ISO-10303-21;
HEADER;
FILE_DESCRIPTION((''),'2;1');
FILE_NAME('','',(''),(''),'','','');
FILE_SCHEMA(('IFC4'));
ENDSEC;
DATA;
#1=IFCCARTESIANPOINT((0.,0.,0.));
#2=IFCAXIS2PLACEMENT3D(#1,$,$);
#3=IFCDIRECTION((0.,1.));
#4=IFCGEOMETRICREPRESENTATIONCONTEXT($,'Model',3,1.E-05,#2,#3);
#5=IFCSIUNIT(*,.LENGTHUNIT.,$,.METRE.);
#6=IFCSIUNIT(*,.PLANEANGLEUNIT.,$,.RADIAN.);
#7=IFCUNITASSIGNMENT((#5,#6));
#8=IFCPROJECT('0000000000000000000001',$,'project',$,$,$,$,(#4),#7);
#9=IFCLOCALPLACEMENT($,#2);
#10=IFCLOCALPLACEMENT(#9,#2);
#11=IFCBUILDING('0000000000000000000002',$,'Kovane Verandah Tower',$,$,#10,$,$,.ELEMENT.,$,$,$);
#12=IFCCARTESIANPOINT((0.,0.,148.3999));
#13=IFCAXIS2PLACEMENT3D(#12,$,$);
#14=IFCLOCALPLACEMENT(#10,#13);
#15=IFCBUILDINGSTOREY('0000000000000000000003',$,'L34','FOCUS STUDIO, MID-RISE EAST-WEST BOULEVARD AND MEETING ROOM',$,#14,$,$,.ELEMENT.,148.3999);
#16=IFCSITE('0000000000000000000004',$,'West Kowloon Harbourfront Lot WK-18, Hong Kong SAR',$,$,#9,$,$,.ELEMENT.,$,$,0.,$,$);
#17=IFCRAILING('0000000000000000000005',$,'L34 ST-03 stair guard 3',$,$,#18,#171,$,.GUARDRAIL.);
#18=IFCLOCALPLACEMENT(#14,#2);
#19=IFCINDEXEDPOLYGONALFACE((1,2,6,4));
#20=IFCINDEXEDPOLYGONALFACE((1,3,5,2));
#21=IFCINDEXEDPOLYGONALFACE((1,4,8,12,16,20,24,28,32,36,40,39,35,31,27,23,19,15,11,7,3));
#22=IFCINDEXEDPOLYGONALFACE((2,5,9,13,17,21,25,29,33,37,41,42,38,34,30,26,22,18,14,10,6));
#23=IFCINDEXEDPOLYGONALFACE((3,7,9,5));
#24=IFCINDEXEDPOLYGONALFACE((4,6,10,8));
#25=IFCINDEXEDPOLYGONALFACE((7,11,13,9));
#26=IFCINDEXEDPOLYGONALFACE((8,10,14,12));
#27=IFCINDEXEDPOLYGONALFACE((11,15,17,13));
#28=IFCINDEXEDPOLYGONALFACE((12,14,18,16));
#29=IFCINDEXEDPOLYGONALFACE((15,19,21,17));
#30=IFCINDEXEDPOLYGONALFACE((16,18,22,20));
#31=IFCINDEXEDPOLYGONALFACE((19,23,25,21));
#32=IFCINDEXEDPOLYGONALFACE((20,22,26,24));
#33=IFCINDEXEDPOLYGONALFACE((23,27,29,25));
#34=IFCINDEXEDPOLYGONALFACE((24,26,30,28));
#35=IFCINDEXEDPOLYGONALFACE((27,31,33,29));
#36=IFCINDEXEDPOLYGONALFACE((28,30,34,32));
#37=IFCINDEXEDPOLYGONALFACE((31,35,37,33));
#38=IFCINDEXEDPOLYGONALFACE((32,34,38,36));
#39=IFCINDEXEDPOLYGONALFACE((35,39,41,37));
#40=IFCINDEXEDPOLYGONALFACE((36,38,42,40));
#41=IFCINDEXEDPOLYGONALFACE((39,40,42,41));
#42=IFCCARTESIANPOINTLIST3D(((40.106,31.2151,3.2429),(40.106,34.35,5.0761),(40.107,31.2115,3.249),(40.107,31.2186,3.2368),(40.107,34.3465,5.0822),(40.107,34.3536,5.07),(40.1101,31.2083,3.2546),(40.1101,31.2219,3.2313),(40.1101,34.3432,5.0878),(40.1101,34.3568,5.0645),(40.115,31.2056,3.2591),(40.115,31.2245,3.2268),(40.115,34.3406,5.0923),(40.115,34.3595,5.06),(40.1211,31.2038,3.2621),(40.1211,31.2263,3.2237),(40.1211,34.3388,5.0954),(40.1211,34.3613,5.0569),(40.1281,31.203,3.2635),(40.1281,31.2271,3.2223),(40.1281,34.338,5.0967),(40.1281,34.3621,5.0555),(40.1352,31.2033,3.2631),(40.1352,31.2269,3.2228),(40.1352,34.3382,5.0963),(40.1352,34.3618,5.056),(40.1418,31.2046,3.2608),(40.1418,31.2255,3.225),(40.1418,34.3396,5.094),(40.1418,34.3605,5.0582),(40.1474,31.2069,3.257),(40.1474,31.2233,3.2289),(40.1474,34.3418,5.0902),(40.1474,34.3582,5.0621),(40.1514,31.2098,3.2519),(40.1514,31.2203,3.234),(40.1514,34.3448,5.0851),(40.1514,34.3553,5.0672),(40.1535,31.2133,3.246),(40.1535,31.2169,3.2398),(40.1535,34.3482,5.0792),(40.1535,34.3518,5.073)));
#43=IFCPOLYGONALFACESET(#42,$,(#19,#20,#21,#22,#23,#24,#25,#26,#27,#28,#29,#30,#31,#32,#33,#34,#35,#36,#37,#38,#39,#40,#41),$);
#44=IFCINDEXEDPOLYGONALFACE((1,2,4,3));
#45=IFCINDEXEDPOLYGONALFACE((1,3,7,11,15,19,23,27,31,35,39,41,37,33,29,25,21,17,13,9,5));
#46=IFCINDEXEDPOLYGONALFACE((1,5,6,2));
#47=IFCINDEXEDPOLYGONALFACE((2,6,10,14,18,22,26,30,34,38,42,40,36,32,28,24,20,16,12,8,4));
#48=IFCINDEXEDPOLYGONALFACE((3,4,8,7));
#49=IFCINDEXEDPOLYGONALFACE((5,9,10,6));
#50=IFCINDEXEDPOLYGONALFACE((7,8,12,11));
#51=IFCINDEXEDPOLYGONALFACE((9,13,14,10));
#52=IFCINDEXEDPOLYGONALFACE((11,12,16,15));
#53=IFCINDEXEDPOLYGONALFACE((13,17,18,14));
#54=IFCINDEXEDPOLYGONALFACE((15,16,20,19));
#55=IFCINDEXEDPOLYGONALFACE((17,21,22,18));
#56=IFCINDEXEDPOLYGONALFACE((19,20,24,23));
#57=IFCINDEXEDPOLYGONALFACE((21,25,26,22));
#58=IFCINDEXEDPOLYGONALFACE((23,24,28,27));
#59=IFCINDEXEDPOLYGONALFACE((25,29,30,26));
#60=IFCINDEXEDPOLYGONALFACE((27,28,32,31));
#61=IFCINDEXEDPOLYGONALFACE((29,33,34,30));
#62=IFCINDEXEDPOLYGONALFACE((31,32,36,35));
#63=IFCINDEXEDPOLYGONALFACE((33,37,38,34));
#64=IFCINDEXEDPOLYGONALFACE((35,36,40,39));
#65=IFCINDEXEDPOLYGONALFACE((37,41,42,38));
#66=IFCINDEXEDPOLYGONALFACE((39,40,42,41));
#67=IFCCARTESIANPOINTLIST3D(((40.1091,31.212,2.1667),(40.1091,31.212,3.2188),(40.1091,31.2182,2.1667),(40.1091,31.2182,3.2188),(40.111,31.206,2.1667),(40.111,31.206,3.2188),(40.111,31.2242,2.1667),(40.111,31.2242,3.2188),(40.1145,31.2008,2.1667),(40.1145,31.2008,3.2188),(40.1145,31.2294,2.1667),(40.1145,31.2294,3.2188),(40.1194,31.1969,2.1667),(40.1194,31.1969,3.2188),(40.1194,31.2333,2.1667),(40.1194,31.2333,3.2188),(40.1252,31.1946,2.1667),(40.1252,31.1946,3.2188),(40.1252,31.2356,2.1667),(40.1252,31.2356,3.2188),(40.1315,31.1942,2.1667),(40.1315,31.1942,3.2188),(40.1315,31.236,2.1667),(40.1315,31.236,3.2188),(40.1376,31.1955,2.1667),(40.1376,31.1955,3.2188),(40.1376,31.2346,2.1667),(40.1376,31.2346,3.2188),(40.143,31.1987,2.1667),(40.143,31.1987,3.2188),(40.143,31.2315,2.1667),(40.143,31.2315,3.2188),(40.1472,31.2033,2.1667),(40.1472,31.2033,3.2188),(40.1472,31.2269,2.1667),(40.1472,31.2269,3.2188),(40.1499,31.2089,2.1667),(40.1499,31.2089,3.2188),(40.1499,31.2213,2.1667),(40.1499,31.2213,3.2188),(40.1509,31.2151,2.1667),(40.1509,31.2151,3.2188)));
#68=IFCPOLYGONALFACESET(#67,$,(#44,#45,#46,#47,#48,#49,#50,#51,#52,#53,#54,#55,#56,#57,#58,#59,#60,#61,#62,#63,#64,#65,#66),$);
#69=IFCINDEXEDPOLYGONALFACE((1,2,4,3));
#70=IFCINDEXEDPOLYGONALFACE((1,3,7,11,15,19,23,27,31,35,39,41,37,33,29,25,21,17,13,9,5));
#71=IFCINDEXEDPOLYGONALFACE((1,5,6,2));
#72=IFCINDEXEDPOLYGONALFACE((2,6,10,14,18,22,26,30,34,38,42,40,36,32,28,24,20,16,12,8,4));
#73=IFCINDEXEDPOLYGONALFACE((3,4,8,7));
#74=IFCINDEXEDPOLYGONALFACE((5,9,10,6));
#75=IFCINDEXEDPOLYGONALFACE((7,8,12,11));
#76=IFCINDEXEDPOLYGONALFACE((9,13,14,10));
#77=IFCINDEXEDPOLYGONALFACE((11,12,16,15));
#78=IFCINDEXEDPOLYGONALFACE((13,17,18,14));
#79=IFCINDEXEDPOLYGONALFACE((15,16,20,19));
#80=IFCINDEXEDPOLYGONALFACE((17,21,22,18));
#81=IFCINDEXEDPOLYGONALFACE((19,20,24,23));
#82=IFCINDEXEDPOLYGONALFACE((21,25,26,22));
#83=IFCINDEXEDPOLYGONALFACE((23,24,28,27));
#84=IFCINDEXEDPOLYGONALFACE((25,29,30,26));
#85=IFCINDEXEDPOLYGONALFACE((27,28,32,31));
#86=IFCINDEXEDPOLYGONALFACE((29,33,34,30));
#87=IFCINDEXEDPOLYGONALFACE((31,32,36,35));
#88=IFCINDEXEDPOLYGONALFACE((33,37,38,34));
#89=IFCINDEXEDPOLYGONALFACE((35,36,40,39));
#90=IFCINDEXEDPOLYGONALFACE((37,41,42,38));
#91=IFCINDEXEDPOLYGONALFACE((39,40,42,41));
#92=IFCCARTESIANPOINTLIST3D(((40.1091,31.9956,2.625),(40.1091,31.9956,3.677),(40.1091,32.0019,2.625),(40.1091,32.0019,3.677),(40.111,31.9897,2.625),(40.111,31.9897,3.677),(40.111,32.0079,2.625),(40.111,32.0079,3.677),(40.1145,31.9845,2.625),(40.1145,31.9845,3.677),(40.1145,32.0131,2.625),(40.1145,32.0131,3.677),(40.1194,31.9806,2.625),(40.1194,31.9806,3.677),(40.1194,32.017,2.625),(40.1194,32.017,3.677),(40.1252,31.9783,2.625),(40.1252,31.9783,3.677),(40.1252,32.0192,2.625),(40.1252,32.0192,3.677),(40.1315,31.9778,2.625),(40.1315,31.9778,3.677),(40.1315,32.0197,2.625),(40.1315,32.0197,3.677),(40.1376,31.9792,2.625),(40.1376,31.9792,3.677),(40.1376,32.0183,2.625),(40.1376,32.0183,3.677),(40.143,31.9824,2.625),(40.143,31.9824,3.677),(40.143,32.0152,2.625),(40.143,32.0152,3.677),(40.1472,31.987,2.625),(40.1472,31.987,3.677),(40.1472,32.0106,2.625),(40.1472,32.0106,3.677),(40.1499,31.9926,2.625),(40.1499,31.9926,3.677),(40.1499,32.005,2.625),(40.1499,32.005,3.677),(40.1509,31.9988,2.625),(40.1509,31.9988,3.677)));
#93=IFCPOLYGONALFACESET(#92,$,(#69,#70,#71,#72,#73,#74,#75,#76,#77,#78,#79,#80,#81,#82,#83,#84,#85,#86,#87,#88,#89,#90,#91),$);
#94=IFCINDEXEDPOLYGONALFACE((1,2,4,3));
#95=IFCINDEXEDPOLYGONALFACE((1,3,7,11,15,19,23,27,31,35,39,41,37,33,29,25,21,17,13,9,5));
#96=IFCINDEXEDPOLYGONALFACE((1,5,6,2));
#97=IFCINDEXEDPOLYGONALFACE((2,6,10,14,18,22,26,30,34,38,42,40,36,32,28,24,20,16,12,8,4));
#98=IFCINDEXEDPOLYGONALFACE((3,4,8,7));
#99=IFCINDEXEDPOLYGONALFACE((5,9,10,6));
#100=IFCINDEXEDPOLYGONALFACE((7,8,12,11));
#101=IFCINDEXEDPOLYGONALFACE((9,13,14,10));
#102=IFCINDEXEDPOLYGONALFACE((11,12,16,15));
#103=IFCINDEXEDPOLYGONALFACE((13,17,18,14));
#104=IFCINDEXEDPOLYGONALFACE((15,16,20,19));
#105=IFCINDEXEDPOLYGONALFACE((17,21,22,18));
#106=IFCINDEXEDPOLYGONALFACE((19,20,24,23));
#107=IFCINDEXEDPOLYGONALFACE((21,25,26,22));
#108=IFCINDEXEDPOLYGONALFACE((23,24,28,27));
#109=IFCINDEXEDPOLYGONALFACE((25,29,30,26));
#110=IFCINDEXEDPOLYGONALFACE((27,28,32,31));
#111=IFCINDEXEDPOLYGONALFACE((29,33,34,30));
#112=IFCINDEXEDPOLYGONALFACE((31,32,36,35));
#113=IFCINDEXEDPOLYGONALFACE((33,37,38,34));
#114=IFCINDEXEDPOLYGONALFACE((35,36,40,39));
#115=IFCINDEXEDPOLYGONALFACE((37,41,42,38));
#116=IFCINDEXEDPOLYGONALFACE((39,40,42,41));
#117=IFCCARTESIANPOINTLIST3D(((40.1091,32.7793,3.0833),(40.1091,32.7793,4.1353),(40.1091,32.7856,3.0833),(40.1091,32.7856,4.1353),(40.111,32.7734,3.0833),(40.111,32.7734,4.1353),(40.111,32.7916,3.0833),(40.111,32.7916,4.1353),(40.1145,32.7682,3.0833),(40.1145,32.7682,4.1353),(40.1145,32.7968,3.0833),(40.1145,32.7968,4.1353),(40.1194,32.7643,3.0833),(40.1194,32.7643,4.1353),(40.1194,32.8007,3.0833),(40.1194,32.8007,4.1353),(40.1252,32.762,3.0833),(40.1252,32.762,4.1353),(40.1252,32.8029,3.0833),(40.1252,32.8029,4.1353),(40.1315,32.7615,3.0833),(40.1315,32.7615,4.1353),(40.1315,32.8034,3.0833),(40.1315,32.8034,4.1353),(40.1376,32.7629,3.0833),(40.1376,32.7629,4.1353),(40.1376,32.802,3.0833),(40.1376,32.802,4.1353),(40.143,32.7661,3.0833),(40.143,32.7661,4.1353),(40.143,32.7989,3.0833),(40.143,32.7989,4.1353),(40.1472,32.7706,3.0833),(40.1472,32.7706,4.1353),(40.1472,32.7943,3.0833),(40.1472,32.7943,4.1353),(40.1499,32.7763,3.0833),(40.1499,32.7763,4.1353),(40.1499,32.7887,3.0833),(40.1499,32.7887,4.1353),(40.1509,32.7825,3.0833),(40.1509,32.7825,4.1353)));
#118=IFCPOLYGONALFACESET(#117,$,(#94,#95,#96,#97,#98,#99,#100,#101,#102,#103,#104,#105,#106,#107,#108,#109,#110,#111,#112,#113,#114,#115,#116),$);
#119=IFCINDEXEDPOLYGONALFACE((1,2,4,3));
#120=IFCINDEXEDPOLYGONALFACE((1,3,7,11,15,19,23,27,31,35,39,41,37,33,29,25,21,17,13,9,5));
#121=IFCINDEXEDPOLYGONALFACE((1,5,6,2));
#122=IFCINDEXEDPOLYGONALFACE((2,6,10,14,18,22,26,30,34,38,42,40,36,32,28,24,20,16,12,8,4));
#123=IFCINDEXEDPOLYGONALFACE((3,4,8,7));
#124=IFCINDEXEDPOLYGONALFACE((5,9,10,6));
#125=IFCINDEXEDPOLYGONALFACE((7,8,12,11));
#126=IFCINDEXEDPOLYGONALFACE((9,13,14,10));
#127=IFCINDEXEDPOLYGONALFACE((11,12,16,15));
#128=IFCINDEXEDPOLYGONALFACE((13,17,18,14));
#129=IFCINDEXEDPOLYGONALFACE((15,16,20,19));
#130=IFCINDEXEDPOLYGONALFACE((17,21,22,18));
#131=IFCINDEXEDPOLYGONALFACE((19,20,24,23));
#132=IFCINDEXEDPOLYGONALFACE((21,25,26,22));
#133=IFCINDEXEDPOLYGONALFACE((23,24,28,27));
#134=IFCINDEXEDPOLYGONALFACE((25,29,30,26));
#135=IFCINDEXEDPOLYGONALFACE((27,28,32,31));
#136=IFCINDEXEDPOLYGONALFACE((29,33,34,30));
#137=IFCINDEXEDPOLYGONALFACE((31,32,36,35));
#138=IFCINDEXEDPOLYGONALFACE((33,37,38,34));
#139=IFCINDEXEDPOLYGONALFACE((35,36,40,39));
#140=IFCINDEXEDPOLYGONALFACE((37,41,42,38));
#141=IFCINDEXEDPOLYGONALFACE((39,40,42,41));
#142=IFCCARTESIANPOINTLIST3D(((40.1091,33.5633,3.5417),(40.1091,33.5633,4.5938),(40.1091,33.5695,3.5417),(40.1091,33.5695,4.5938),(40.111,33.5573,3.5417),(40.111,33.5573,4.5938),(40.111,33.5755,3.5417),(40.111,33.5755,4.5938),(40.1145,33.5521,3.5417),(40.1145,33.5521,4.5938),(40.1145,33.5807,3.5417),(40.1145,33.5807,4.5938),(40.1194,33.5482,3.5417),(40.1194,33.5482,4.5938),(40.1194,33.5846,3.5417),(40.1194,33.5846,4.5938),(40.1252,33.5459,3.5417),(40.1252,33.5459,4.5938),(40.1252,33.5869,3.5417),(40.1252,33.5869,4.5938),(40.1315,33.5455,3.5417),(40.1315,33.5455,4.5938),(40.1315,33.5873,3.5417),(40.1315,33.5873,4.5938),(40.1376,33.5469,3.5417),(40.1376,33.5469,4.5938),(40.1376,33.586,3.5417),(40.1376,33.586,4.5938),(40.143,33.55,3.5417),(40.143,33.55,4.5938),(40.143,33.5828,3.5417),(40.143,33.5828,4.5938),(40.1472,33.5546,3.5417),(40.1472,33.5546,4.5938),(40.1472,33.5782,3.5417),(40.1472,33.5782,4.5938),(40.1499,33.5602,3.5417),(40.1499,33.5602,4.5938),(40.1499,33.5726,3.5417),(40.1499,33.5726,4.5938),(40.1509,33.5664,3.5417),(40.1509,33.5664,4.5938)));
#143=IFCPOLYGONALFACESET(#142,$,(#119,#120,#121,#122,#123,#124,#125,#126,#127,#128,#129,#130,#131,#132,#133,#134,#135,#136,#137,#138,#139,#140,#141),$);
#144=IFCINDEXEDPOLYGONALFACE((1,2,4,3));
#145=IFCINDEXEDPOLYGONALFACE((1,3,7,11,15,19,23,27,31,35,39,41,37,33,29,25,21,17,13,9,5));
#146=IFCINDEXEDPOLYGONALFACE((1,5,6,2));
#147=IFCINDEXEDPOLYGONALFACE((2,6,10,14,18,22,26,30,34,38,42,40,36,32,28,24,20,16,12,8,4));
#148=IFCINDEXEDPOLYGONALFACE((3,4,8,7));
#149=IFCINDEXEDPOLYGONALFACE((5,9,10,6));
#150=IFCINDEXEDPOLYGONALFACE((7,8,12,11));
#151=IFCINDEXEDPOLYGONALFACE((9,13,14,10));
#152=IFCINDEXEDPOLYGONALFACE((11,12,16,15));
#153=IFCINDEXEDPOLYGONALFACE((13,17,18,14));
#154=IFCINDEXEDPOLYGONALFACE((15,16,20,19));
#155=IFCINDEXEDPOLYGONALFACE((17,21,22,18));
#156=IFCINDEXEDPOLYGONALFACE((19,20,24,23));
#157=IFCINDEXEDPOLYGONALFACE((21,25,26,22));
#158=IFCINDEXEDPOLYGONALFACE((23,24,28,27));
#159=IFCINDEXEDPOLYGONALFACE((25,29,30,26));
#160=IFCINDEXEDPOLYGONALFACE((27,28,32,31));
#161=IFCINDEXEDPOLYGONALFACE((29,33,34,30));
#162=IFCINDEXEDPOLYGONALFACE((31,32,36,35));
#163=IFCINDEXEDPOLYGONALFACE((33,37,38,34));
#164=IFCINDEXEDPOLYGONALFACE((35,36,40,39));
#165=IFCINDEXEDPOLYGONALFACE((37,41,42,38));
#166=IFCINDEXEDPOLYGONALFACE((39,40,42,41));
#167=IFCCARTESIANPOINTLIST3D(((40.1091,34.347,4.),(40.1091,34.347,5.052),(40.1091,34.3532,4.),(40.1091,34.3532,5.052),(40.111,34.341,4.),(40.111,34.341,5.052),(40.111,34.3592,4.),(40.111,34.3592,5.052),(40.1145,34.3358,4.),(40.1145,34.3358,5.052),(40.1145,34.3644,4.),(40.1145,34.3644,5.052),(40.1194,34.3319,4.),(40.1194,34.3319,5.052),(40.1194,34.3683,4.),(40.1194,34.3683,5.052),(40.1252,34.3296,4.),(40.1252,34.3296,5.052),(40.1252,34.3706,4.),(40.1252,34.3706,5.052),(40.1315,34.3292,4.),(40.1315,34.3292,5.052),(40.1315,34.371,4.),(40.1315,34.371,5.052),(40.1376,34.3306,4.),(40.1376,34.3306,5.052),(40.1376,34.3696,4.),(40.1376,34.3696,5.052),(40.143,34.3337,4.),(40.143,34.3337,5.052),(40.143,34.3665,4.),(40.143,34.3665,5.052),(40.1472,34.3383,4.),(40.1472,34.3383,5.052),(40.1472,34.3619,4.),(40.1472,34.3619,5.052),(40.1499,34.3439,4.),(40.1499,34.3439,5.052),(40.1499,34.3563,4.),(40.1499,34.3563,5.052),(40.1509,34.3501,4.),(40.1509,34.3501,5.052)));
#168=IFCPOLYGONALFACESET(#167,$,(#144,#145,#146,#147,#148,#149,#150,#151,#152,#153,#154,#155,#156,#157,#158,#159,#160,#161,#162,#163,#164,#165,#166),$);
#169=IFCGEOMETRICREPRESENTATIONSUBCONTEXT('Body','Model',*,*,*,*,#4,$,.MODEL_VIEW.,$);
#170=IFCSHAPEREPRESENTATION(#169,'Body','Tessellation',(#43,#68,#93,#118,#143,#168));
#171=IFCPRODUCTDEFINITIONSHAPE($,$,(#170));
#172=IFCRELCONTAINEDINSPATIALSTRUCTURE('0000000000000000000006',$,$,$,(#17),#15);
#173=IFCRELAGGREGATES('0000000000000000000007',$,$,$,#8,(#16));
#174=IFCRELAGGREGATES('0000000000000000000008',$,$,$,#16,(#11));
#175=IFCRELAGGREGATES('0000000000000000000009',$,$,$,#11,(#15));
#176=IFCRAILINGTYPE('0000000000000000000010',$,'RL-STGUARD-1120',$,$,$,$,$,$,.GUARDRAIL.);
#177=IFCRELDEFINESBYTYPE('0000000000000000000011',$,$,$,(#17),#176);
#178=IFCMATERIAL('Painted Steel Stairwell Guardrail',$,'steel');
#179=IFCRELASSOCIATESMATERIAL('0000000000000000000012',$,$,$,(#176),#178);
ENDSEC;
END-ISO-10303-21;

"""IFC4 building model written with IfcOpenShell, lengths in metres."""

from ifc_helpers import new_model, si_unit, direction, frame, origin, origin_2d, place, context, subcontext, project, spatial, circle, extrude, material, type_object, element, save


model = new_model("IFC4")

# Units and contexts
model_context = context("Model", 3, precision=1e-05, world=origin(), true_north=direction((0.0, 1.0)))
body_context = subcontext(model_context, "Body", "Model", "MODEL_VIEW")
ifc_project = project(units=[si_unit("LENGTHUNIT", "METRE"), si_unit("PLANEANGLEUNIT", "RADIAN")], contexts=[model_context])

# Site, building, storey
site_placement = place(None, origin())
site = spatial("IfcSite", under=ifc_project, at=site_placement, Name="West Kowloon Harbourfront Lot WK-18, Hong Kong SAR", CompositionType="ELEMENT", RefElevation=0.0)
building_placement = place(site_placement, origin())
building = spatial("IfcBuilding", under=site, at=building_placement, Name="Kovane Verandah Tower", CompositionType="ELEMENT")
storey_placement = place(building_placement, frame((0.0, 0.0, 148.3999)))
storey = spatial("IfcBuildingStorey", under=building, at=storey_placement, Name="L34", Description="FOCUS STUDIO, MID-RISE EAST-WEST BOULEVARD AND MEETING ROOM", CompositionType="ELEMENT", Elevation=148.3999)

# Railing
ifc_material_1 = material(Name="Painted Steel Stairwell Guardrail", Category="steel")
railing_type_1 = type_object("IfcRailingType", Name="RL-STGUARD-1120", PredefinedType="GUARDRAIL", material=ifc_material_1)
railing_1_placement = place(storey_placement, frame((40.1299, 31.2151, 2.1667)))
element("IfcRailing", 1, at=railing_1_placement, inside=storey, type_object=railing_type_1, Name="L34 ST-03 stair guard 3", PredefinedType="GUARDRAIL", context=body_context, shape_type="SweptSolid", body=[
    extrude(circle(Radius=0.0239, at=origin_2d()), frame((0.0, 0.0, 1.0762), z_axis=(0.0, 0.86324, 0.504794), x_axis=(-1.0, 0.0, 0.0)), (0.0, 0.0, 1.0), 3.6316),
    extrude(circle(Radius=0.021, at=origin_2d()), origin(), (0.0, 0.0, 1.0), 1.052),
    extrude(circle(Radius=0.021, at=origin_2d()), frame((0.0, 0.7837, 0.4583)), (0.0, 0.0, 1.0), 1.052),
    extrude(circle(Radius=0.021, at=origin_2d()), frame((0.0, 1.5674, 0.9165)), (0.0, 0.0, 1.0), 1.052),
    extrude(circle(Radius=0.021, at=origin_2d()), frame((0.0, 2.3513, 1.375)), (0.0, 0.0, 1.0), 1.052),
    extrude(circle(Radius=0.021, at=origin_2d()), frame((0.0, 3.135, 1.8333)), (0.0, 0.0, 1.0), 1.052),
])

save(model, "model.ifc")
